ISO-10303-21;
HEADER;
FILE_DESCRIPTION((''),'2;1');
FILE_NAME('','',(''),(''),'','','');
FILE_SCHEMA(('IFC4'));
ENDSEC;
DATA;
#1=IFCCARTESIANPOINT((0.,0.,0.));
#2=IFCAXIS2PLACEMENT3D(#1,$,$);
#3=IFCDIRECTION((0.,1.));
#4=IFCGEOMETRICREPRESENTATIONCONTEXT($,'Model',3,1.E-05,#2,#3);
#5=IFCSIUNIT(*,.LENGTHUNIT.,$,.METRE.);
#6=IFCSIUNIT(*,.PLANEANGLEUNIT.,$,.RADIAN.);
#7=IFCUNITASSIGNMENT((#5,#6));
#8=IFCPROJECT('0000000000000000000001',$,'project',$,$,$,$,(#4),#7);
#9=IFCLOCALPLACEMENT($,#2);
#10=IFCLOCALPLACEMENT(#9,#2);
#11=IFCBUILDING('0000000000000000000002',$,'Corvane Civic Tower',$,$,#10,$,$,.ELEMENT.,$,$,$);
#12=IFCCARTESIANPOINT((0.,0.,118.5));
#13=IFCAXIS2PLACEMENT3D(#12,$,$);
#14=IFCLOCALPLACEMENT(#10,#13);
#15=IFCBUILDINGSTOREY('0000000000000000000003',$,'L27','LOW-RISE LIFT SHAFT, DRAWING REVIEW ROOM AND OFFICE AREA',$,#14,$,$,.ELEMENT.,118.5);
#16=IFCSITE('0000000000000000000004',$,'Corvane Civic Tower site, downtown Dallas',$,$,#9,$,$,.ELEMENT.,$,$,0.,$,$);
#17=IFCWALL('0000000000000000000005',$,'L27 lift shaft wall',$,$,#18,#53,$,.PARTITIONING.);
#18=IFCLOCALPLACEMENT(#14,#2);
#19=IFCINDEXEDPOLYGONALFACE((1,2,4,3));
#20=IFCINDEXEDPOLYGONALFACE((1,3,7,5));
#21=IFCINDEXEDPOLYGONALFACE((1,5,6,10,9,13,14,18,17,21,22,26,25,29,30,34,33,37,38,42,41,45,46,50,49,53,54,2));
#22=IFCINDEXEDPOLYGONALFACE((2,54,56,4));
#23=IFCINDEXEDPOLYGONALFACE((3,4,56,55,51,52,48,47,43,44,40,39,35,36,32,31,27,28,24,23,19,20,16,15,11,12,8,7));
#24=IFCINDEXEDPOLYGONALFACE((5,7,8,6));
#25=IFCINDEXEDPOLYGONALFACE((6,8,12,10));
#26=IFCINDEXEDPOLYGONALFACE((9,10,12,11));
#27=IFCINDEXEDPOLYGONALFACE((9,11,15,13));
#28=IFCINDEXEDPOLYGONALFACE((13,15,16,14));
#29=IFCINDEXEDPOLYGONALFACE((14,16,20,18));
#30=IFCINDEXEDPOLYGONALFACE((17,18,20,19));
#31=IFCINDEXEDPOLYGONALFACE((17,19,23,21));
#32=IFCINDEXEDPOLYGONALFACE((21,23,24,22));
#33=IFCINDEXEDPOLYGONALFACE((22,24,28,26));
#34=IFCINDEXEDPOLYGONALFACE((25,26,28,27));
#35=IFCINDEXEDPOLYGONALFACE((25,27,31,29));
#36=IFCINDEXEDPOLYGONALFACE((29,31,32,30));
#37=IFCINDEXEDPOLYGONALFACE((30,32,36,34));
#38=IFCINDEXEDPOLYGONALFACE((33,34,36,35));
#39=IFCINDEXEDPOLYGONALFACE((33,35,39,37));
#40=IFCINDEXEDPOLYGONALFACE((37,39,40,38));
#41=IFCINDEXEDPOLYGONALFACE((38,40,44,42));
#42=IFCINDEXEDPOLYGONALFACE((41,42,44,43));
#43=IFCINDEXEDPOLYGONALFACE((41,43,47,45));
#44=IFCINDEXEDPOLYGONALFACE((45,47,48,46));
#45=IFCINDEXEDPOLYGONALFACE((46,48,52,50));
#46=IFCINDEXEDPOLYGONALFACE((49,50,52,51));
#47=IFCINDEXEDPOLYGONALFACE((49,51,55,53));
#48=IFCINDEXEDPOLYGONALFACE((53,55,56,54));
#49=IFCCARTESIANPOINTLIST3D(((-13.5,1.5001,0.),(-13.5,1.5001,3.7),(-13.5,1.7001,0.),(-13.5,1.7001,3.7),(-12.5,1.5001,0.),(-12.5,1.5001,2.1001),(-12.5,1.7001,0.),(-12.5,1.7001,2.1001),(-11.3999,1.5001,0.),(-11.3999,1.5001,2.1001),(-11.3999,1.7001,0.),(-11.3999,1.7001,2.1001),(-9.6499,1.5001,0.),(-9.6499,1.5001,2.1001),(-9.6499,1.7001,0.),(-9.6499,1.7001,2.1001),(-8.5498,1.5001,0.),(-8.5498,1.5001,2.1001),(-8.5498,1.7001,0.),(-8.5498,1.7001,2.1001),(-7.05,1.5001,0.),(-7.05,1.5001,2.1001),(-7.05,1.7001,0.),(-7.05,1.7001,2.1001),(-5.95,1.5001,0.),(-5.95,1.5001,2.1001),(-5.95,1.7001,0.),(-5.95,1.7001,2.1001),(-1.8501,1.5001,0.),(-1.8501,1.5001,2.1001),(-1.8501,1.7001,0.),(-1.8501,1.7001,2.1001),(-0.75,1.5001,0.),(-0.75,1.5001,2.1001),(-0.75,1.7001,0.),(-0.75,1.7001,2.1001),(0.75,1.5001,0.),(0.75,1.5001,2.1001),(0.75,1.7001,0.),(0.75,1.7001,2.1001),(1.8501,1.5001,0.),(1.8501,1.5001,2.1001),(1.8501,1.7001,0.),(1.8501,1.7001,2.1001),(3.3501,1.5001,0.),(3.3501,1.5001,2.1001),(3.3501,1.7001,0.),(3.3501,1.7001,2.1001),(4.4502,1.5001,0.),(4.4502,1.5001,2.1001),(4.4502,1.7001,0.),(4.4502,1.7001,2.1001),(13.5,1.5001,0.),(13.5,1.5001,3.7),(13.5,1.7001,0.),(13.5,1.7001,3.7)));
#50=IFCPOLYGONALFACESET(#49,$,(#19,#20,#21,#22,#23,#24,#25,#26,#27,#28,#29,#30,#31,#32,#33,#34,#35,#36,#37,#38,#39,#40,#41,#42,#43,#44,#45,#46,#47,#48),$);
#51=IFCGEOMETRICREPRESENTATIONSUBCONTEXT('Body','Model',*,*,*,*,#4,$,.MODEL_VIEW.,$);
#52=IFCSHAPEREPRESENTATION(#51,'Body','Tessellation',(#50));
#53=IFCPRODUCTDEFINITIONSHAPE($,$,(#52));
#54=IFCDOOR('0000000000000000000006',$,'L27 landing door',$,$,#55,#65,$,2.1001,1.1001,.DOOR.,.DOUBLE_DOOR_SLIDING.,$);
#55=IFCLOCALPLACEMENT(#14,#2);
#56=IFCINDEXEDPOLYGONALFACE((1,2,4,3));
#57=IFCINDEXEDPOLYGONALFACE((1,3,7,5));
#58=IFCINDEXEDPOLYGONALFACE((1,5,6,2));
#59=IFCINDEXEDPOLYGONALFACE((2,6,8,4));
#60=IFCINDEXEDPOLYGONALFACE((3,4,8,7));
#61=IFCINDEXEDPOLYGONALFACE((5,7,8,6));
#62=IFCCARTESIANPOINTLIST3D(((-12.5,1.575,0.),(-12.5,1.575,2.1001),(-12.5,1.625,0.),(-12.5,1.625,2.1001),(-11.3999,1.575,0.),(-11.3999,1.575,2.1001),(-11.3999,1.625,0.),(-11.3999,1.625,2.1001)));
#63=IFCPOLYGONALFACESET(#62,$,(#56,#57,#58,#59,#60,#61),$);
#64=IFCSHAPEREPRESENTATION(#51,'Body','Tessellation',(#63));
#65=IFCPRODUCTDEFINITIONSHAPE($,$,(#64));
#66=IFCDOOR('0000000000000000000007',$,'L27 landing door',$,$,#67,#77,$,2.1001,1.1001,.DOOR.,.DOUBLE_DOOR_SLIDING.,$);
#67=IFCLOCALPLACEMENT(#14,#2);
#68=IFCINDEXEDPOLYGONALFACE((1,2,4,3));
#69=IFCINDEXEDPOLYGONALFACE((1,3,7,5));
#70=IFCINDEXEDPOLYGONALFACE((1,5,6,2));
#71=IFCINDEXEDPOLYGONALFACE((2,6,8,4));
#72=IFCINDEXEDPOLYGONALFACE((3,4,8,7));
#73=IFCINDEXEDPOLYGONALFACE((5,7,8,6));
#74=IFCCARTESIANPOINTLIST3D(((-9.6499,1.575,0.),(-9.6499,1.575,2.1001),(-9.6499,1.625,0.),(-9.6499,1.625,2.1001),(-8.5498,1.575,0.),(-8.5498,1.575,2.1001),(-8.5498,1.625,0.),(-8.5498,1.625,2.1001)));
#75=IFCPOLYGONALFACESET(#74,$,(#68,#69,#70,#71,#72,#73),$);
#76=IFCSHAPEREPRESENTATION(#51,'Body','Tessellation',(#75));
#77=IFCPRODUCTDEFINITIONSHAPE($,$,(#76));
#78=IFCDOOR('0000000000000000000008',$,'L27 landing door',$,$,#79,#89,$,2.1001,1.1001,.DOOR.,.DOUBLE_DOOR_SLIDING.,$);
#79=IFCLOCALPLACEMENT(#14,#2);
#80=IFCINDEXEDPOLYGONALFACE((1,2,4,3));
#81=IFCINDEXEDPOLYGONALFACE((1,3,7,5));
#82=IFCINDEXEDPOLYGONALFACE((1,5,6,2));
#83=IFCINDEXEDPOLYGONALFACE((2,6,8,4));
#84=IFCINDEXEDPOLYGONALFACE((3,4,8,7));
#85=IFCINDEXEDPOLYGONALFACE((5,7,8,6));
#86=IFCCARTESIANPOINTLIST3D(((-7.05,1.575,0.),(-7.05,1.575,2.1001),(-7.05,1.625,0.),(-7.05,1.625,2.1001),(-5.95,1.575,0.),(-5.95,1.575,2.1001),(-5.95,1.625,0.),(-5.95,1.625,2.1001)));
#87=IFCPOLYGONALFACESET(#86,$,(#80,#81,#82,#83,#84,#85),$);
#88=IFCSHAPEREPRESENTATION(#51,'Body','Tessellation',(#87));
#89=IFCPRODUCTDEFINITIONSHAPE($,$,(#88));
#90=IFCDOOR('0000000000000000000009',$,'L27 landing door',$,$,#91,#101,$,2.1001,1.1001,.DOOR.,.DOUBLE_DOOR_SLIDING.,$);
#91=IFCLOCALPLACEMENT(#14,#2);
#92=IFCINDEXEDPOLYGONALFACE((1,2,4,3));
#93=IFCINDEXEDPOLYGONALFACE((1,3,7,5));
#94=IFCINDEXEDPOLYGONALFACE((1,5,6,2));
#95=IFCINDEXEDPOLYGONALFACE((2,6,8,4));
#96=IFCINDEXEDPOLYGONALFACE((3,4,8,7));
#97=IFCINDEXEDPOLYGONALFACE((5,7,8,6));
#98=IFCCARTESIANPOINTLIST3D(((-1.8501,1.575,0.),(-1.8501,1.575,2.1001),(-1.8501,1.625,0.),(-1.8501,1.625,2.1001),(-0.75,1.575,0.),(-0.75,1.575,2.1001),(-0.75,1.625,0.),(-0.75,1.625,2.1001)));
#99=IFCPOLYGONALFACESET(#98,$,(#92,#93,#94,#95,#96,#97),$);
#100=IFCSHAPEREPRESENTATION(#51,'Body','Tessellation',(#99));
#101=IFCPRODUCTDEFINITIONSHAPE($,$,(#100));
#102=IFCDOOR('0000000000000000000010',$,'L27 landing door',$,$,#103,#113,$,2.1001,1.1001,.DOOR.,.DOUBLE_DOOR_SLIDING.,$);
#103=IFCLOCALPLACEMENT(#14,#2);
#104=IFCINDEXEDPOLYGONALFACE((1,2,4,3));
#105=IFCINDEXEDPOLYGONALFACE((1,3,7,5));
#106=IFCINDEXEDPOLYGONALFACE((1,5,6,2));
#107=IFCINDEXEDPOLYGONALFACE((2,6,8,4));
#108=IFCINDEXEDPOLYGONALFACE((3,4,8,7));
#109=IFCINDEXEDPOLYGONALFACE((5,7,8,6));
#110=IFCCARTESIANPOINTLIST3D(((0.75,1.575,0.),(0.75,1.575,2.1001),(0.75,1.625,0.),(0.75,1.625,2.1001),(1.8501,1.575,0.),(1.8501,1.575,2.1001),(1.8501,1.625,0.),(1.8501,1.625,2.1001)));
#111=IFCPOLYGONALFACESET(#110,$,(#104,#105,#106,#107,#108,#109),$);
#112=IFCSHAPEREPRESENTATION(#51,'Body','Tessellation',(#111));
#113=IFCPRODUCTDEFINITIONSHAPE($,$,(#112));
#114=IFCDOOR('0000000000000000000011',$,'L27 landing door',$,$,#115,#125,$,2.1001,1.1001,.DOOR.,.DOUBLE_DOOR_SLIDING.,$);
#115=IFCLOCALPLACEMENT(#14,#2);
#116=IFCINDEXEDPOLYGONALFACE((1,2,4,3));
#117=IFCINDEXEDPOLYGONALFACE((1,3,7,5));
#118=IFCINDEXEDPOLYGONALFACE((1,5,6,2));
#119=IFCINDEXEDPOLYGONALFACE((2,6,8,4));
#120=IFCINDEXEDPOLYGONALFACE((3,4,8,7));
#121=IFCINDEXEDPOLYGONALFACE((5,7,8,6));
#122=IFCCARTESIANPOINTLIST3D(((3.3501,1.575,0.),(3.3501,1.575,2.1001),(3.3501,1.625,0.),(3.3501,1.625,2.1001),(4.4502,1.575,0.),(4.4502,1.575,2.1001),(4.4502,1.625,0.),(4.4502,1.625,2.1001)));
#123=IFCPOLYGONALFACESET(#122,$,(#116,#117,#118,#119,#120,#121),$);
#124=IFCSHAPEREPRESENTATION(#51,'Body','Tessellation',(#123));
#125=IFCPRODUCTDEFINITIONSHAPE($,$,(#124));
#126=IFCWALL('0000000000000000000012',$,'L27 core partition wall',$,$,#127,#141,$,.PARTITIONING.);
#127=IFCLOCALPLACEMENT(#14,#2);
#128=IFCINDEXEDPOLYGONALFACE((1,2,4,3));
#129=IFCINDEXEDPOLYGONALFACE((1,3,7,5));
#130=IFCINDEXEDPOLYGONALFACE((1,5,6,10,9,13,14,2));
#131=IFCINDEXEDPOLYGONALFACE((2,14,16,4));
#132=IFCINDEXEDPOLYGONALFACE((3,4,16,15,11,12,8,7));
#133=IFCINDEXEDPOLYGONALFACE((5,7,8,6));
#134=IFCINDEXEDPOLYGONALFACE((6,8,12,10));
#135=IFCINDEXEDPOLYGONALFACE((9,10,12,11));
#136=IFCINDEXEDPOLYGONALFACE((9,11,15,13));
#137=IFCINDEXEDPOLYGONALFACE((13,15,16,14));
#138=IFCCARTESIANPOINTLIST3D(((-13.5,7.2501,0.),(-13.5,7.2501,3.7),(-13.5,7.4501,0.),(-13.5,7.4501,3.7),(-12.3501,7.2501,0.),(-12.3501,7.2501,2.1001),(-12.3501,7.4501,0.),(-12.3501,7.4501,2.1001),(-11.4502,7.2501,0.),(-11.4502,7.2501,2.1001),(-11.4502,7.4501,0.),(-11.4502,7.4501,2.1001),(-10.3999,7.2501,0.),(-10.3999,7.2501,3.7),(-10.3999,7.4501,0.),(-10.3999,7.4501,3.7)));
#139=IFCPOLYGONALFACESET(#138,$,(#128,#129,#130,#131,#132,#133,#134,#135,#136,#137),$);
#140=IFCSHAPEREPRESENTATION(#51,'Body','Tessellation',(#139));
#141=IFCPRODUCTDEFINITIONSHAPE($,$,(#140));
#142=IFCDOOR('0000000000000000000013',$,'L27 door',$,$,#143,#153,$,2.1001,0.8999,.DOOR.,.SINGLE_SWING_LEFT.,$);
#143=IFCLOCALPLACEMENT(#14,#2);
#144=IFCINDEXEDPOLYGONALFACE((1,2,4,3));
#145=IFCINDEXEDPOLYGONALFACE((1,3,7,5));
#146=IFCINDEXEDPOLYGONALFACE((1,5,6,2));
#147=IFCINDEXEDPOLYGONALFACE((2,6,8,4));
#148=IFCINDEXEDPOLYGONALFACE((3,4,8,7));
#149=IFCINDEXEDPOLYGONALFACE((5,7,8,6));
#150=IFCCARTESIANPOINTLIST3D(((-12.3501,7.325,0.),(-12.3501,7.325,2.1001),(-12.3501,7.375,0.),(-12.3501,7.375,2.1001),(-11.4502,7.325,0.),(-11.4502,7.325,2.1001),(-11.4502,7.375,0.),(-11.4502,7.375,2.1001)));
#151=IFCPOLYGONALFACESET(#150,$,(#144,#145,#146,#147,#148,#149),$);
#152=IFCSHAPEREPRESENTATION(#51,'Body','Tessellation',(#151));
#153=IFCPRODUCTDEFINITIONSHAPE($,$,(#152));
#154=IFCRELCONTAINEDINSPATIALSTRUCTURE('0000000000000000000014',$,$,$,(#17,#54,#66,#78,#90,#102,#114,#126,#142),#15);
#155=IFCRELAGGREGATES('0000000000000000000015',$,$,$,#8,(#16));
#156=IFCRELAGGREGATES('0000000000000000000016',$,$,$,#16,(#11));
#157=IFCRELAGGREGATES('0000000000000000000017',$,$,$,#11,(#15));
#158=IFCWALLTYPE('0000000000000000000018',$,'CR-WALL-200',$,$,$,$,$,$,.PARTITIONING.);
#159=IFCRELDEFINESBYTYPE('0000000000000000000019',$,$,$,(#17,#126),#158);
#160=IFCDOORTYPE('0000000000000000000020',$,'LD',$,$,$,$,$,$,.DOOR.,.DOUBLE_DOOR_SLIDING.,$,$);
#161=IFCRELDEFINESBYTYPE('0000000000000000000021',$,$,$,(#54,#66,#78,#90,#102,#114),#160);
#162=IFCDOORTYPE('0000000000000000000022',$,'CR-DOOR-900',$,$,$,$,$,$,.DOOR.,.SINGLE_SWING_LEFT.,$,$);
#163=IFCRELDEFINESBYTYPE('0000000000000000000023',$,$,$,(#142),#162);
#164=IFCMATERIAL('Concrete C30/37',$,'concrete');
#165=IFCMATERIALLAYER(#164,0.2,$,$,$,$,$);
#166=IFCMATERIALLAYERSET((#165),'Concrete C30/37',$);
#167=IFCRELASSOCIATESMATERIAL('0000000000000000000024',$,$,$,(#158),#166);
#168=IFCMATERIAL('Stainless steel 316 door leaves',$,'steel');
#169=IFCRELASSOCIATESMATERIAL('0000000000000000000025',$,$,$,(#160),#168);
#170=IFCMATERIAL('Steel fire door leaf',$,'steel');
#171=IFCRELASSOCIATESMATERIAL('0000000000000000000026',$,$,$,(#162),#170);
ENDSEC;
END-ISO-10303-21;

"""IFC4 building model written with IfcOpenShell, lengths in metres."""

from ifc_helpers import new_model, si_unit, direction, frame, frame_2d, origin, place, context, subcontext, project, spatial, rectangle, extrude, material, layer, layer_set, type_object, element, fill, save


model = new_model("IFC4")

# Units and contexts
model_context = context("Model", 3, precision=1e-05, world=origin(), true_north=direction((0.0, 1.0)))
body_context = subcontext(model_context, "Body", "Model", "MODEL_VIEW")
ifc_project = project(units=[si_unit("LENGTHUNIT", "METRE"), si_unit("PLANEANGLEUNIT", "RADIAN")], contexts=[model_context])

# Site, building, storey
site_placement = place(None, origin())
site = spatial("IfcSite", under=ifc_project, at=site_placement, Name="Corvane Civic Tower site, downtown Dallas", CompositionType="ELEMENT", RefElevation=0.0)
building_placement = place(site_placement, origin())
building = spatial("IfcBuilding", under=site, at=building_placement, Name="Corvane Civic Tower", CompositionType="ELEMENT")
storey_placement = place(building_placement, frame((0.0, 0.0, 118.5)))
storey = spatial("IfcBuildingStorey", under=building, at=storey_placement, Name="L27", Description="LOW-RISE LIFT SHAFT, DRAWING REVIEW ROOM AND OFFICE AREA", CompositionType="ELEMENT", Elevation=118.5)

# Wall, openings, doors
ifc_material_1 = material(Name="Concrete C30/37", Category="concrete")
ifc_layer_1 = layer(ifc_material_1, 0.2)
ifc_layer_set_1 = layer_set([ifc_layer_1], Name="Concrete C30/37")
wall_type = type_object("IfcWallType", Name="CR-WALL-200", PredefinedType="PARTITIONING", material=ifc_layer_set_1)
wall_1_placement = place(storey_placement, frame((-13.5, 1.6001, 0.0), z_axis=(0.0, 0.0, 1.0), x_axis=(1.0, 0.0, 0.0)))
wall_1 = element("IfcWall", 1, at=wall_1_placement, inside=storey, type_object=wall_type, Name="L27 lift shaft wall", PredefinedType="PARTITIONING", context=body_context, shape_type="SweptSolid", body=[
    extrude(rectangle(XDim=27.0, YDim=0.2, at=frame_2d((13.5, 0.0))), origin(), (0.0, 0.0, 1.0), 3.7),
])
opening_1_placement = place(wall_1_placement, frame((1.0, 0.0, 0.0)))
opening_1 = element("IfcOpeningElement", 2, at=opening_1_placement, cuts=wall_1, PredefinedType="OPENING", context=body_context, shape_type="SweptSolid", body=[
    extrude(rectangle(XDim=1.1001, YDim=2.1001, at=frame_2d((0.55, 1.05))), frame((0.0, 0.1099, 0.0), z_axis=(0.0, -1.0, 0.0), x_axis=(1.0, 0.0, 0.0)), (0.0, 0.0, 1.0), 0.22),
])
opening_2_placement = place(wall_1_placement, frame((3.8501, 0.0, 0.0)))
opening_2 = element("IfcOpeningElement", 3, at=opening_2_placement, cuts=wall_1, PredefinedType="OPENING", context=body_context, shape_type="SweptSolid", body=[
    extrude(rectangle(XDim=1.1001, YDim=2.1001, at=frame_2d((0.55, 1.05))), frame((0.0, 0.1099, 0.0), z_axis=(0.0, -1.0, 0.0), x_axis=(1.0, 0.0, 0.0)), (0.0, 0.0, 1.0), 0.22),
])
opening_3_placement = place(wall_1_placement, frame((6.45, 0.0, 0.0)))
opening_3 = element("IfcOpeningElement", 4, at=opening_3_placement, cuts=wall_1, PredefinedType="OPENING", context=body_context, shape_type="SweptSolid", body=[
    extrude(rectangle(XDim=1.1001, YDim=2.1001, at=frame_2d((0.55, 1.05))), frame((0.0, 0.1099, 0.0), z_axis=(0.0, -1.0, 0.0), x_axis=(1.0, 0.0, 0.0)), (0.0, 0.0, 1.0), 0.22),
])
opening_4_placement = place(wall_1_placement, frame((11.6499, 0.0, 0.0)))
opening_4 = element("IfcOpeningElement", 5, at=opening_4_placement, cuts=wall_1, PredefinedType="OPENING", context=body_context, shape_type="SweptSolid", body=[
    extrude(rectangle(XDim=1.1001, YDim=2.1001, at=frame_2d((0.55, 1.05))), frame((0.0, 0.1099, 0.0), z_axis=(0.0, -1.0, 0.0), x_axis=(1.0, 0.0, 0.0)), (0.0, 0.0, 1.0), 0.22),
])
opening_5_placement = place(wall_1_placement, frame((14.25, 0.0, 0.0)))
opening_5 = element("IfcOpeningElement", 6, at=opening_5_placement, cuts=wall_1, PredefinedType="OPENING", context=body_context, shape_type="SweptSolid", body=[
    extrude(rectangle(XDim=1.1001, YDim=2.1001, at=frame_2d((0.55, 1.05))), frame((0.0, 0.1099, 0.0), z_axis=(0.0, -1.0, 0.0), x_axis=(1.0, 0.0, 0.0)), (0.0, 0.0, 1.0), 0.22),
])
opening_6_placement = place(wall_1_placement, frame((16.8501, 0.0, 0.0)))
opening_6 = element("IfcOpeningElement", 7, at=opening_6_placement, cuts=wall_1, PredefinedType="OPENING", context=body_context, shape_type="SweptSolid", body=[
    extrude(rectangle(XDim=1.1001, YDim=2.1001, at=frame_2d((0.55, 1.05))), frame((0.0, 0.1099, 0.0), z_axis=(0.0, -1.0, 0.0), x_axis=(1.0, 0.0, 0.0)), (0.0, 0.0, 1.0), 0.22),
])
ifc_material_2 = material(Name="Stainless steel 316 door leaves", Category="steel")
door_type_1 = type_object("IfcDoorType", Name="LD", OperationType="DOUBLE_DOOR_SLIDING", PredefinedType="DOOR", material=ifc_material_2)
door_1_placement = place(opening_1_placement, origin())
door_1 = element("IfcDoor", 8, at=door_1_placement, inside=storey, type_object=door_type_1, Name="L27 landing door", OperationType="DOUBLE_DOOR_SLIDING", OverallHeight=2.1001, OverallWidth=1.1001, PredefinedType="DOOR", context=body_context, shape_type="SweptSolid", body=[
    extrude(rectangle(XDim=1.1001, YDim=2.1001, at=frame_2d((0.55, 1.05))), frame((0.0, 0.0249, 0.0), z_axis=(0.0, -1.0, 0.0), x_axis=(1.0, 0.0, 0.0)), (0.0, 0.0, 1.0), 0.05),
])
fill(opening_1, door_1)
door_2_placement = place(opening_2_placement, origin())
door_2 = element("IfcDoor", 9, at=door_2_placement, inside=storey, type_object=door_type_1, Name="L27 landing door", OperationType="DOUBLE_DOOR_SLIDING", OverallHeight=2.1001, OverallWidth=1.1001, PredefinedType="DOOR", context=body_context, shape_type="SweptSolid", body=[
    extrude(rectangle(XDim=1.1001, YDim=2.1001, at=frame_2d((0.55, 1.05))), frame((0.0, 0.0249, 0.0), z_axis=(0.0, -1.0, 0.0), x_axis=(1.0, 0.0, 0.0)), (0.0, 0.0, 1.0), 0.05),
])
fill(opening_2, door_2)
door_3_placement = place(opening_3_placement, origin())
door_3 = element("IfcDoor", 10, at=door_3_placement, inside=storey, type_object=door_type_1, Name="L27 landing door", OperationType="DOUBLE_DOOR_SLIDING", OverallHeight=2.1001, OverallWidth=1.1001, PredefinedType="DOOR", context=body_context, shape_type="SweptSolid", body=[
    extrude(rectangle(XDim=1.1001, YDim=2.1001, at=frame_2d((0.55, 1.05))), frame((0.0, 0.0249, 0.0), z_axis=(0.0, -1.0, 0.0), x_axis=(1.0, 0.0, 0.0)), (0.0, 0.0, 1.0), 0.05),
])
fill(opening_3, door_3)
door_4_placement = place(opening_4_placement, origin())
door_4 = element("IfcDoor", 11, at=door_4_placement, inside=storey, type_object=door_type_1, Name="L27 landing door", OperationType="DOUBLE_DOOR_SLIDING", OverallHeight=2.1001, OverallWidth=1.1001, PredefinedType="DOOR", context=body_context, shape_type="SweptSolid", body=[
    extrude(rectangle(XDim=1.1001, YDim=2.1001, at=frame_2d((0.55, 1.05))), frame((0.0, 0.0249, 0.0), z_axis=(0.0, -1.0, 0.0), x_axis=(1.0, 0.0, 0.0)), (0.0, 0.0, 1.0), 0.05),
])
fill(opening_4, door_4)
door_5_placement = place(opening_5_placement, origin())
door_5 = element("IfcDoor", 12, at=door_5_placement, inside=storey, type_object=door_type_1, Name="L27 landing door", OperationType="DOUBLE_DOOR_SLIDING", OverallHeight=2.1001, OverallWidth=1.1001, PredefinedType="DOOR", context=body_context, shape_type="SweptSolid", body=[
    extrude(rectangle(XDim=1.1001, YDim=2.1001, at=frame_2d((0.55, 1.05))), frame((0.0, 0.0249, 0.0), z_axis=(0.0, -1.0, 0.0), x_axis=(1.0, 0.0, 0.0)), (0.0, 0.0, 1.0), 0.05),
])
fill(opening_5, door_5)
door_6_placement = place(opening_6_placement, origin())
door_6 = element("IfcDoor", 13, at=door_6_placement, inside=storey, type_object=door_type_1, Name="L27 landing door", OperationType="DOUBLE_DOOR_SLIDING", OverallHeight=2.1001, OverallWidth=1.1001, PredefinedType="DOOR", context=body_context, shape_type="SweptSolid", body=[
    extrude(rectangle(XDim=1.1001, YDim=2.1001, at=frame_2d((0.55, 1.05))), frame((0.0, 0.0249, 0.0), z_axis=(0.0, -1.0, 0.0), x_axis=(1.0, 0.0, 0.0)), (0.0, 0.0, 1.0), 0.05),
])
fill(opening_6, door_6)

# Wall, opening, door
wall_2_placement = place(storey_placement, frame((-13.5, 7.3501, 0.0), z_axis=(0.0, 0.0, 1.0), x_axis=(1.0, 0.0, 0.0)))
wall_2 = element("IfcWall", 14, at=wall_2_placement, inside=storey, type_object=wall_type, Name="L27 core partition wall", PredefinedType="PARTITIONING", context=body_context, shape_type="SweptSolid", body=[
    extrude(rectangle(XDim=3.1001, YDim=0.2, at=frame_2d((1.55, 0.0))), origin(), (0.0, 0.0, 1.0), 3.7),
])
opening_7_placement = place(wall_2_placement, frame((1.1499, 0.0, 0.0)))
opening_7 = element("IfcOpeningElement", 15, at=opening_7_placement, cuts=wall_2, PredefinedType="OPENING", context=body_context, shape_type="SweptSolid", body=[
    extrude(rectangle(XDim=0.8999, YDim=2.1001, at=frame_2d((0.45, 1.05))), frame((0.0, 0.1099, 0.0), z_axis=(0.0, -1.0, 0.0), x_axis=(1.0, 0.0, 0.0)), (0.0, 0.0, 1.0), 0.22),
])
ifc_material_3 = material(Name="Steel fire door leaf", Category="steel")
door_type_2 = type_object("IfcDoorType", Name="CR-DOOR-900", OperationType="SINGLE_SWING_LEFT", PredefinedType="DOOR", material=ifc_material_3)
door_7_placement = place(opening_7_placement, origin())
door_7 = element("IfcDoor", 16, at=door_7_placement, inside=storey, type_object=door_type_2, Name="L27 door", OperationType="SINGLE_SWING_LEFT", OverallHeight=2.1001, OverallWidth=0.8999, PredefinedType="DOOR", context=body_context, shape_type="SweptSolid", body=[
    extrude(rectangle(XDim=0.8999, YDim=2.1001, at=frame_2d((0.45, 1.05))), frame((0.0, 0.0249, 0.0), z_axis=(0.0, -1.0, 0.0), x_axis=(1.0, 0.0, 0.0)), (0.0, 0.0, 1.0), 0.05),
])
fill(opening_7, door_7)

save(model, "model.ifc")
